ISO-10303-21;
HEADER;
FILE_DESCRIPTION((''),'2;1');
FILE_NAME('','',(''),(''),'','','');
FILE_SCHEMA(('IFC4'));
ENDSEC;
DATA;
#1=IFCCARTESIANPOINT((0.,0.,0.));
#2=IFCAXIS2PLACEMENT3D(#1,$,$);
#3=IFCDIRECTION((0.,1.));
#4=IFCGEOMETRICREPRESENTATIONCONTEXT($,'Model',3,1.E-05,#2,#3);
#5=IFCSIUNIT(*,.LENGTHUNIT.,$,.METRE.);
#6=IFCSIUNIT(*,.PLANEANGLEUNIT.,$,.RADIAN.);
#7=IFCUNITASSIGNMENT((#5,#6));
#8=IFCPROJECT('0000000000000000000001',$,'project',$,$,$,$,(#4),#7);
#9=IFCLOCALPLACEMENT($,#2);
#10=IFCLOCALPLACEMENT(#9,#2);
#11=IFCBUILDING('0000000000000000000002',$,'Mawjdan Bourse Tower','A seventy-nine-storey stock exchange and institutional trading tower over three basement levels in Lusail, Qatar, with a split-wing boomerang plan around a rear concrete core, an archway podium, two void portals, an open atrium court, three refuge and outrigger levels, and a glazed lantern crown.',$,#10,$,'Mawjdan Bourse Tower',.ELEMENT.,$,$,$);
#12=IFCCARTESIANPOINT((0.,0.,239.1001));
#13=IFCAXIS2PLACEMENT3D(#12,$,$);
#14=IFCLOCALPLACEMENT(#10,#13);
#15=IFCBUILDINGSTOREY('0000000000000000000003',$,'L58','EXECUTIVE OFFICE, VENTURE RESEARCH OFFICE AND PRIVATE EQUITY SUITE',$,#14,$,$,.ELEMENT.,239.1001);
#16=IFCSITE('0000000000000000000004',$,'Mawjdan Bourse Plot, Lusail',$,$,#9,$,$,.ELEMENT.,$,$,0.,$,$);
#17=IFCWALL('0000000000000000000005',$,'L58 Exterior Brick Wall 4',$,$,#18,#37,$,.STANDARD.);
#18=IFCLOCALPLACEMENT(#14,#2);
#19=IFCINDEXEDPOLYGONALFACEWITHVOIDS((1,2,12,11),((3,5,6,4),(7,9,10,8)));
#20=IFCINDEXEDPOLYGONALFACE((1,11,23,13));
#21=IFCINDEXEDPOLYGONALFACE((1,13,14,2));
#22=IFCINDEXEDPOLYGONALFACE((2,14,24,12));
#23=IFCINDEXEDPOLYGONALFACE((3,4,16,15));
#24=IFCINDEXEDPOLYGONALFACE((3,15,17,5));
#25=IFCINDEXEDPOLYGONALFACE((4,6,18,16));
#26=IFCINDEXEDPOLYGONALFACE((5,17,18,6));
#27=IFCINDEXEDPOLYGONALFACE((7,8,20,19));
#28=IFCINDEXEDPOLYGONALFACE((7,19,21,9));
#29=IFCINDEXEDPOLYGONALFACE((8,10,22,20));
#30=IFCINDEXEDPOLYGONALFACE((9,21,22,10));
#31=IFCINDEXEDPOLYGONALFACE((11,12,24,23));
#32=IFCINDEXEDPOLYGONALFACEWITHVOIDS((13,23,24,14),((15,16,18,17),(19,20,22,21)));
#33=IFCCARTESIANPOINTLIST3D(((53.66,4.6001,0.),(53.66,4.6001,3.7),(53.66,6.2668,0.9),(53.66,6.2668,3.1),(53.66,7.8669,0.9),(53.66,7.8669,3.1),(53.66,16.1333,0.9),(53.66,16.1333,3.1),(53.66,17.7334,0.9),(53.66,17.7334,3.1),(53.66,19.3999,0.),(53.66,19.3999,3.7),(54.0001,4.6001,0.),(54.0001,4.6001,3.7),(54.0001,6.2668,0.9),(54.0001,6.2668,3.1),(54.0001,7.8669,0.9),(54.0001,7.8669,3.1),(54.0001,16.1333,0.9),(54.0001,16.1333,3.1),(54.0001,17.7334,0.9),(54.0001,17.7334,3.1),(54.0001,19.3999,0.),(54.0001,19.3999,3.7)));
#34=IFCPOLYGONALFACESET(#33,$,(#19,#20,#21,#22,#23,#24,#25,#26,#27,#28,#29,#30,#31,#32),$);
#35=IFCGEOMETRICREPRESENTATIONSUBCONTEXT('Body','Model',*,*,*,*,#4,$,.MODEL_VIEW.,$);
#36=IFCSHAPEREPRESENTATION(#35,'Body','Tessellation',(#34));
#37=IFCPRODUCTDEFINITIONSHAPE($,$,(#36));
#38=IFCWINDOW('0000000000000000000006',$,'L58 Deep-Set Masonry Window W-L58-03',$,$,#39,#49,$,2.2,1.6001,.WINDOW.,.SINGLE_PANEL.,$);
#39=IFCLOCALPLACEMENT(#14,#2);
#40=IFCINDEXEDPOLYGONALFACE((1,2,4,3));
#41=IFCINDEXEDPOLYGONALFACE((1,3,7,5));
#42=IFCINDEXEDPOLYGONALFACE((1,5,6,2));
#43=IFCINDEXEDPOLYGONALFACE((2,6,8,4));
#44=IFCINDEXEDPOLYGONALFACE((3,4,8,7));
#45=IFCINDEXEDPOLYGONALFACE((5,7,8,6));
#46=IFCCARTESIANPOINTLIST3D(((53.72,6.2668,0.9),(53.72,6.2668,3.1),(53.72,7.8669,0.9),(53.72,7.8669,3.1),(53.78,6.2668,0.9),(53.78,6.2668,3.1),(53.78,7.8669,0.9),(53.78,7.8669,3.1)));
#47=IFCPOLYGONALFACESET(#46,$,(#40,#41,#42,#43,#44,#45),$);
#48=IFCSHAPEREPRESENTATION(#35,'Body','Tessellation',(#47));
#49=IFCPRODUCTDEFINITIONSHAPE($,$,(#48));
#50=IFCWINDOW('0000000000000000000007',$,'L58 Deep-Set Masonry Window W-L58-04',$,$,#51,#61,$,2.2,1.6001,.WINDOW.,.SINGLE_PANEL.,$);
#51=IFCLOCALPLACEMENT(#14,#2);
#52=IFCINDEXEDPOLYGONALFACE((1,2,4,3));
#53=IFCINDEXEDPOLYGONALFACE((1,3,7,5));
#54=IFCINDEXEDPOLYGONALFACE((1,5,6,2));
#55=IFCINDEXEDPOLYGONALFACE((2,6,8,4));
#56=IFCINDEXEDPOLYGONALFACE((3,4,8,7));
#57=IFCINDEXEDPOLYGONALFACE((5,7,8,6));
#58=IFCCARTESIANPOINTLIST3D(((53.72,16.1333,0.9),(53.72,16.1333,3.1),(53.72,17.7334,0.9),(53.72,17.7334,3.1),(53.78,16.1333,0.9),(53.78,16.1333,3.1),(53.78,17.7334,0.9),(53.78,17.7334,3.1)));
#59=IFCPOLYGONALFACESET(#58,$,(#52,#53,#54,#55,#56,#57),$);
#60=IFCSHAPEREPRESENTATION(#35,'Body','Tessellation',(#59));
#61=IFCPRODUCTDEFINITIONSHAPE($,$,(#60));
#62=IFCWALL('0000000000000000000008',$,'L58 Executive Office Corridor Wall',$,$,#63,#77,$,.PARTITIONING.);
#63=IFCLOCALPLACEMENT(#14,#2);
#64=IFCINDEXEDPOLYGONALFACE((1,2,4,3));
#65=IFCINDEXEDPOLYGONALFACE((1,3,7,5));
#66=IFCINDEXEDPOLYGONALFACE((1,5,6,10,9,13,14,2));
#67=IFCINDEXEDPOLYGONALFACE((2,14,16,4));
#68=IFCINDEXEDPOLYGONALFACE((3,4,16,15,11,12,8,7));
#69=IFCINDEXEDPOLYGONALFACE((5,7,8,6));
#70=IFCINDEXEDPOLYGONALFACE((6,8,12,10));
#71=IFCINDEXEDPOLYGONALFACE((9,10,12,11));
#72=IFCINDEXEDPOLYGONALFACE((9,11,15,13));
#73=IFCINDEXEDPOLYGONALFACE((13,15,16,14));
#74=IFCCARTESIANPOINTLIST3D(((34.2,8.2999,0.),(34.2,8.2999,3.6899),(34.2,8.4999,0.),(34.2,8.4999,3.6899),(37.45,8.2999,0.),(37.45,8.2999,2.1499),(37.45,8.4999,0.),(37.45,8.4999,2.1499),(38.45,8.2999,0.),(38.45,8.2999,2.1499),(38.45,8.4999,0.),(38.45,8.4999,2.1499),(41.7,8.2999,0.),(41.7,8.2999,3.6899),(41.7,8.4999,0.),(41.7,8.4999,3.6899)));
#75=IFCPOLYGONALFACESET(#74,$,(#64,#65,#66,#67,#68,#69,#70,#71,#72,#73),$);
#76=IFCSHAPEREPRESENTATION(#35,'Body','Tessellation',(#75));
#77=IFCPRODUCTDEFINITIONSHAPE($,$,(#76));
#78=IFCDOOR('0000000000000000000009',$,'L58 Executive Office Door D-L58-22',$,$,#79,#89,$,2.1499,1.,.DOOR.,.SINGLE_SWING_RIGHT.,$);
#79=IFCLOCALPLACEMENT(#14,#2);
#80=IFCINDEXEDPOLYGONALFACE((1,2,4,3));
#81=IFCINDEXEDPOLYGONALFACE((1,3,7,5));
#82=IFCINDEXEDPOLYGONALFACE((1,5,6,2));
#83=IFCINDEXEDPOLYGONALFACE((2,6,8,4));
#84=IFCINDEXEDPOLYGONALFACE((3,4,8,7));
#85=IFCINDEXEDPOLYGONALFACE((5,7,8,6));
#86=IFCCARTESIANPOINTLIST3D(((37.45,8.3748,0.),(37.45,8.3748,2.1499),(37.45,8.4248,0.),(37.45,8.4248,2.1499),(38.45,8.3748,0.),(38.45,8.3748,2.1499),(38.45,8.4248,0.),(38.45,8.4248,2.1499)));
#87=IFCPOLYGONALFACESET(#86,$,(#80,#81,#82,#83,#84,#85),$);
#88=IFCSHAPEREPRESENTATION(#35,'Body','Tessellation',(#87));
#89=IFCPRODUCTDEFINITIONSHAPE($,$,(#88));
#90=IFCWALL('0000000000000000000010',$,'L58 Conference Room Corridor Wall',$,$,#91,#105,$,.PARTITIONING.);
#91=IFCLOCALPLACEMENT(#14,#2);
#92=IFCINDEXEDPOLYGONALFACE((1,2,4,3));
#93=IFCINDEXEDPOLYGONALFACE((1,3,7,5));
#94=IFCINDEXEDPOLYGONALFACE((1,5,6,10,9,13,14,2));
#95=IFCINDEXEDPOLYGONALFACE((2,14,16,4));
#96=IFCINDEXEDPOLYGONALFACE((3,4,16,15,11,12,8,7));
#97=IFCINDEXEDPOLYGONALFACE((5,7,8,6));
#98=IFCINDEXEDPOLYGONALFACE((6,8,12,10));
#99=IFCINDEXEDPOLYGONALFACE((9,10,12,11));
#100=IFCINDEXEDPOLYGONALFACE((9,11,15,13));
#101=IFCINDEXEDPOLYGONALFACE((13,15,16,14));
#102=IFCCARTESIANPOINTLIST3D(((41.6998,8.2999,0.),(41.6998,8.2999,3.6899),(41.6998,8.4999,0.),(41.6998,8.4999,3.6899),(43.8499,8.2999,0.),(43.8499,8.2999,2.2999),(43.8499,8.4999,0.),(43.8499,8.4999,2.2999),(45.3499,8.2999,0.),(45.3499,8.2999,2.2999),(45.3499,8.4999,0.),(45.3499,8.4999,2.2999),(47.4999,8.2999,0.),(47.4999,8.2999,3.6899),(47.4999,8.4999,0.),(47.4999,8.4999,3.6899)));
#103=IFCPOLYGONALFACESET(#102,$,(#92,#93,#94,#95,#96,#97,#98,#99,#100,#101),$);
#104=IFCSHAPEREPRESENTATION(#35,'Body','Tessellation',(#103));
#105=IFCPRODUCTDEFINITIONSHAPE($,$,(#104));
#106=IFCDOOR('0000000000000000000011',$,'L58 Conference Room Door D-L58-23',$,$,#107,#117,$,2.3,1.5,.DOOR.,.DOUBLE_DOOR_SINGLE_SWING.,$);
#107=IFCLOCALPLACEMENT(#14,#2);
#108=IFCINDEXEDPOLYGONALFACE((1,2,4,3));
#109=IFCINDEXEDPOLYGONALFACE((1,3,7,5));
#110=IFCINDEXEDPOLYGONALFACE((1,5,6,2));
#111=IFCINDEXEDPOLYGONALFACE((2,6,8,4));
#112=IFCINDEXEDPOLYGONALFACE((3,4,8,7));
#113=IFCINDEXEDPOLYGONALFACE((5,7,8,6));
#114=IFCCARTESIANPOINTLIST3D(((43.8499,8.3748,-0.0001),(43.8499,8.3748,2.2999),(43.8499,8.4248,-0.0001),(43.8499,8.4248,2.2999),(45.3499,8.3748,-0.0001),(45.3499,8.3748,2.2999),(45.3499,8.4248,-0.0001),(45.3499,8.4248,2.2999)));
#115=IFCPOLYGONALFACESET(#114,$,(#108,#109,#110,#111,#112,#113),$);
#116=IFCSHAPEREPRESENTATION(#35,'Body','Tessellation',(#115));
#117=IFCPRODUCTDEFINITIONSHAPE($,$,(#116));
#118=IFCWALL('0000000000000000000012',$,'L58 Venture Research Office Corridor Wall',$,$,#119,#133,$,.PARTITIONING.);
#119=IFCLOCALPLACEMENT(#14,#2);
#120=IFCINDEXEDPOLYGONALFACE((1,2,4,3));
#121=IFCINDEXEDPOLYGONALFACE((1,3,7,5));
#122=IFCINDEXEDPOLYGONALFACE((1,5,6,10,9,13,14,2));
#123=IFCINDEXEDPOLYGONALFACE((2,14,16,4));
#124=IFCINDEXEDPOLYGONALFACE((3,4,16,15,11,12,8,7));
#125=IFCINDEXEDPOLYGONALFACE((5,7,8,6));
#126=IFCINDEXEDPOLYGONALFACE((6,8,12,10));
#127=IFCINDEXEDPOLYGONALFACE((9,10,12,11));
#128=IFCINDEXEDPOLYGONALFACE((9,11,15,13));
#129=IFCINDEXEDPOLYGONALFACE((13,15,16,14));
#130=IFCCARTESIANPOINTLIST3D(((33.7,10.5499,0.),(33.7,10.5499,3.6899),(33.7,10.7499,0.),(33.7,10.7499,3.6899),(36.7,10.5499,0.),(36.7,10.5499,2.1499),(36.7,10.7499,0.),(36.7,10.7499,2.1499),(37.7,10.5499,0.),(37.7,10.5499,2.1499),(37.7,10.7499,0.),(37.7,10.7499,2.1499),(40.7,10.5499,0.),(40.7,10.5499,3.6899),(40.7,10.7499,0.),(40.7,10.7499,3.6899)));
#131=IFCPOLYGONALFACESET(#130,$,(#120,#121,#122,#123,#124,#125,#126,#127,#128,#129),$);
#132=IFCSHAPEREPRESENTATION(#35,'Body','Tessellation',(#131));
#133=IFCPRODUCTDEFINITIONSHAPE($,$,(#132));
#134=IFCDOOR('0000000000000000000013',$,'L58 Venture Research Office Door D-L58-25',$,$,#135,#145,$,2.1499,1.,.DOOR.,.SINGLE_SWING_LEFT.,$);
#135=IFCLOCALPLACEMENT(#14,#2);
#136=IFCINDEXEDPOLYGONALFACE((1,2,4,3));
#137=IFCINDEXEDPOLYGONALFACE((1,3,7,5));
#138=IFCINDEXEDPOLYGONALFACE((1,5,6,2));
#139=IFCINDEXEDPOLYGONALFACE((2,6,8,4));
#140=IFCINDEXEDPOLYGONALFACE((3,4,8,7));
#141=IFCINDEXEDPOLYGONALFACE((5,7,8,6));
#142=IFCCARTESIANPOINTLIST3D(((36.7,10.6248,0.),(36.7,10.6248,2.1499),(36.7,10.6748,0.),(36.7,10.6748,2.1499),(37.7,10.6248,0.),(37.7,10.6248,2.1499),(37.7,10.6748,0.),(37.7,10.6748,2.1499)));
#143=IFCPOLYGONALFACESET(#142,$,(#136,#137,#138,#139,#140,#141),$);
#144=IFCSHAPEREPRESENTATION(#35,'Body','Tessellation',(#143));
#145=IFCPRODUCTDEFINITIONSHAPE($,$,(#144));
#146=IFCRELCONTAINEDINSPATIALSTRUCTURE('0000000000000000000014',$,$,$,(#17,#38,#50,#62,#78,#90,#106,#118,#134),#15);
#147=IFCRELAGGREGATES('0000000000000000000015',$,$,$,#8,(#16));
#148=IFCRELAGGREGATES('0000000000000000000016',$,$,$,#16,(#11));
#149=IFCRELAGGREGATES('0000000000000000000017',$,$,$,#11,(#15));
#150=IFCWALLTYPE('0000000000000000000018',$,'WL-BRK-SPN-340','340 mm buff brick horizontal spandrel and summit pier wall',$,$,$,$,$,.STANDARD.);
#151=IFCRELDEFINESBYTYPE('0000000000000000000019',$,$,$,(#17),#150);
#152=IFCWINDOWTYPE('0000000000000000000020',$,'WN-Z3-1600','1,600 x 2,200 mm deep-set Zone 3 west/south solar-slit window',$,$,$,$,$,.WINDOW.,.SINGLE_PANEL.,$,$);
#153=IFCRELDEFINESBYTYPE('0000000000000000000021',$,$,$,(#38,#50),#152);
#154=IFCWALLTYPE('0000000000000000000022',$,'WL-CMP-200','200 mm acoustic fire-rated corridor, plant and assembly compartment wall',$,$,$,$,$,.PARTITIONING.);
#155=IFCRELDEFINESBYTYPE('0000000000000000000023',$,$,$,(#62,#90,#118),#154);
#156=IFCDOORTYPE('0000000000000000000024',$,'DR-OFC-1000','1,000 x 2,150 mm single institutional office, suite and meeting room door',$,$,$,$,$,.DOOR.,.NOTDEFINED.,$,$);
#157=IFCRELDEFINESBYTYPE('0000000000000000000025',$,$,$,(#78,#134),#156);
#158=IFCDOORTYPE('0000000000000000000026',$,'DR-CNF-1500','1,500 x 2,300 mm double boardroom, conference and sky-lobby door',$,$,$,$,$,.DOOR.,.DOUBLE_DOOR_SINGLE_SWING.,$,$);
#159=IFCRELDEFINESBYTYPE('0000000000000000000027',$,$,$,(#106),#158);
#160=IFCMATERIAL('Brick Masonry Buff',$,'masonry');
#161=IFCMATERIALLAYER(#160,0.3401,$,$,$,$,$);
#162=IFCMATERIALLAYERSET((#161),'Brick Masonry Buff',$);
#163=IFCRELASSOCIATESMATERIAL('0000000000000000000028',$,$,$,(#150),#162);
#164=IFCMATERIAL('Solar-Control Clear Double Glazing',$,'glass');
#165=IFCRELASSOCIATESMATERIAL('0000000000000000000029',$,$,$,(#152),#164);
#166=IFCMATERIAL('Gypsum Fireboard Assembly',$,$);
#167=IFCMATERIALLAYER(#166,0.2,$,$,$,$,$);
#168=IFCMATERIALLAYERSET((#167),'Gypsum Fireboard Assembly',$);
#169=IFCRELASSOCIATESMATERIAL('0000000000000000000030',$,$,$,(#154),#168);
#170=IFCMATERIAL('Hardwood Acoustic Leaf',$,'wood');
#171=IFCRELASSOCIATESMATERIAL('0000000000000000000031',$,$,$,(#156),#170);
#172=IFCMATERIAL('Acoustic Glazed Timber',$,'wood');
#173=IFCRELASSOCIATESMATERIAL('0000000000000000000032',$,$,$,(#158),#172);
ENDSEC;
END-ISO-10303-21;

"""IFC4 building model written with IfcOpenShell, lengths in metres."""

from ifc_helpers import new_model, si_unit, direction, frame, frame_2d, origin, place, context, subcontext, project, spatial, rectangle, extrude, material, layer, layer_set, type_object, element, fill, save


model = new_model("IFC4")

# Units and contexts
model_context = context("Model", 3, precision=1e-05, world=origin(), true_north=direction((0.0, 1.0)))
body_context = subcontext(model_context, "Body", "Model", "MODEL_VIEW")
ifc_project = project(units=[si_unit("LENGTHUNIT", "METRE"), si_unit("PLANEANGLEUNIT", "RADIAN")], contexts=[model_context])

# Site, building, storey
site_placement = place(None, origin())
site = spatial("IfcSite", under=ifc_project, at=site_placement, Name="Mawjdan Bourse Plot, Lusail", CompositionType="ELEMENT", RefElevation=0.0)
building_placement = place(site_placement, origin())
building = spatial("IfcBuilding", under=site, at=building_placement, Name="Mawjdan Bourse Tower", Description="A seventy-nine-storey stock exchange and institutional trading tower over three basement levels in Lusail, Qatar, with a split-wing boomerang plan around a rear concrete core, an archway podium, two void portals, an open atrium court, three refuge and outrigger levels, and a glazed lantern crown.", LongName="Mawjdan Bourse Tower", CompositionType="ELEMENT")
storey_placement = place(building_placement, frame((0.0, 0.0, 239.1001)))
storey = spatial("IfcBuildingStorey", under=building, at=storey_placement, Name="L58", Description="EXECUTIVE OFFICE, VENTURE RESEARCH OFFICE AND PRIVATE EQUITY SUITE", CompositionType="ELEMENT", Elevation=239.1001)

# Shared definitions
ifc_material_1 = material(Name="Brick Masonry Buff", Category="masonry")
ifc_layer_1 = layer(ifc_material_1, 0.3401)
ifc_layer_set_1 = layer_set([ifc_layer_1], Name="Brick Masonry Buff")
wall_type_1 = type_object("IfcWallType", Name="WL-BRK-SPN-340", Description="340 mm buff brick horizontal spandrel and summit pier wall", PredefinedType="STANDARD", material=ifc_layer_set_1)

# Wall, openings, windows
wall_1_placement = place(storey_placement, frame((53.8301, 4.6001, 0.0), z_axis=(0.0, 0.0, 1.0), x_axis=(0.0, 1.0, 0.0)))
wall_1 = element("IfcWall", 1, at=wall_1_placement, inside=storey, type_object=wall_type_1, Name="L58 Exterior Brick Wall 4", PredefinedType="STANDARD", context=body_context, shape_type="SweptSolid", body=[
    extrude(rectangle(XDim=14.7998, YDim=0.3401, at=frame_2d((7.3999, 0.0))), origin(), (0.0, 0.0, 1.0), 3.7),
])
opening_1_placement = place(wall_1_placement, frame((1.6667, 0.0, 0.8999)))
opening_1 = element("IfcOpeningElement", 2, at=opening_1_placement, cuts=wall_1, PredefinedType="OPENING", context=body_context, shape_type="SweptSolid", body=[
    extrude(rectangle(XDim=1.6001, YDim=2.2, at=frame_2d((0.8, 1.1001))), frame((0.0, 0.1802, 0.0), z_axis=(0.0, -1.0, 0.0), x_axis=(1.0, 0.0, 0.0)), (0.0, 0.0, 1.0), 0.3601),
])
opening_2_placement = place(wall_1_placement, frame((11.5332, 0.0, 0.8999)))
opening_2 = element("IfcOpeningElement", 3, at=opening_2_placement, cuts=wall_1, PredefinedType="OPENING", context=body_context, shape_type="SweptSolid", body=[
    extrude(rectangle(XDim=1.6001, YDim=2.2, at=frame_2d((0.8, 1.1001))), frame((0.0, 0.1802, 0.0), z_axis=(0.0, -1.0, 0.0), x_axis=(1.0, 0.0, 0.0)), (0.0, 0.0, 1.0), 0.3601),
])
ifc_material_2 = material(Name="Solar-Control Clear Double Glazing", Category="glass")
window_type = type_object("IfcWindowType", Name="WN-Z3-1600", Description="1,600 x 2,200 mm deep-set Zone 3 west/south solar-slit window", PartitioningType="SINGLE_PANEL", PredefinedType="WINDOW", material=ifc_material_2)
window_1_placement = place(opening_1_placement, origin())
window_1 = element("IfcWindow", 4, at=window_1_placement, inside=storey, type_object=window_type, Name="L58 Deep-Set Masonry Window W-L58-03", OverallHeight=2.2, OverallWidth=1.6001, PartitioningType="SINGLE_PANEL", PredefinedType="WINDOW", context=body_context, shape_type="SweptSolid", body=[
    extrude(rectangle(XDim=1.6001, YDim=2.2, at=frame_2d((0.8, 1.1001))), frame((0.0, 0.1101, 0.0), z_axis=(0.0, -1.0, 0.0), x_axis=(1.0, 0.0, 0.0)), (0.0, 0.0, 1.0), 0.0601),
])
fill(opening_1, window_1)
window_2_placement = place(opening_2_placement, origin())
window_2 = element("IfcWindow", 5, at=window_2_placement, inside=storey, type_object=window_type, Name="L58 Deep-Set Masonry Window W-L58-04", OverallHeight=2.2, OverallWidth=1.6001, PartitioningType="SINGLE_PANEL", PredefinedType="WINDOW", context=body_context, shape_type="SweptSolid", body=[
    extrude(rectangle(XDim=1.6001, YDim=2.2, at=frame_2d((0.8, 1.1001))), frame((0.0, 0.1101, 0.0), z_axis=(0.0, -1.0, 0.0), x_axis=(1.0, 0.0, 0.0)), (0.0, 0.0, 1.0), 0.0601),
])
fill(opening_2, window_2)

# Walls, openings, doors
ifc_material_3 = material(Name="Gypsum Fireboard Assembly")
ifc_layer_2 = layer(ifc_material_3, 0.2)
ifc_layer_set_2 = layer_set([ifc_layer_2], Name="Gypsum Fireboard Assembly")
wall_type_2 = type_object("IfcWallType", Name="WL-CMP-200", Description="200 mm acoustic fire-rated corridor, plant and assembly compartment wall", PredefinedType="PARTITIONING", material=ifc_layer_set_2)
wall_2_placement = place(storey_placement, frame((34.2, 8.3999, 0.0), z_axis=(0.0, 0.0, 1.0), x_axis=(1.0, 0.0, 0.0)))
wall_2 = element("IfcWall", 6, at=wall_2_placement, inside=storey, type_object=wall_type_2, Name="L58 Executive Office Corridor Wall", PredefinedType="PARTITIONING", context=body_context, shape_type="SweptSolid", body=[
    extrude(rectangle(XDim=7.5, YDim=0.2, at=frame_2d((3.75, 0.0))), origin(), (0.0, 0.0, 1.0), 3.6899),
])
opening_3_placement = place(wall_2_placement, frame((3.25, 0.0, 0.0)))
opening_3 = element("IfcOpeningElement", 7, at=opening_3_placement, cuts=wall_2, PredefinedType="OPENING", context=body_context, shape_type="SweptSolid", body=[
    extrude(rectangle(XDim=1.0, YDim=2.1499, at=frame_2d((0.5, 1.075))), frame((0.0, 0.1099, 0.0), z_axis=(0.0, -1.0, 0.0), x_axis=(1.0, 0.0, 0.0)), (0.0, 0.0, 1.0), 0.22),
])
ifc_material_4 = material(Name="Hardwood Acoustic Leaf", Category="wood")
door_type_1 = type_object("IfcDoorType", Name="DR-OFC-1000", Description="1,000 x 2,150 mm single institutional office, suite and meeting room door", OperationType="NOTDEFINED", PredefinedType="DOOR", material=ifc_material_4)
door_1_placement = place(opening_3_placement, origin())
door_1 = element("IfcDoor", 8, at=door_1_placement, inside=storey, type_object=door_type_1, Name="L58 Executive Office Door D-L58-22", OperationType="SINGLE_SWING_RIGHT", OverallHeight=2.1499, OverallWidth=1.0, PredefinedType="DOOR", context=body_context, shape_type="SweptSolid", body=[
    extrude(rectangle(XDim=1.0, YDim=2.1499, at=frame_2d((0.5, 1.075))), frame((0.0, 0.0249, 0.0), z_axis=(0.0, -1.0, 0.0), x_axis=(1.0, 0.0, 0.0)), (0.0, 0.0, 1.0), 0.05),
])
fill(opening_3, door_1)
wall_3_placement = place(storey_placement, frame((41.7, 8.3999, 0.0), z_axis=(0.0, 0.0, 1.0), x_axis=(1.0, 0.0, 0.0)))
wall_3 = element("IfcWall", 9, at=wall_3_placement, inside=storey, type_object=wall_type_2, Name="L58 Conference Room Corridor Wall", PredefinedType="PARTITIONING", context=body_context, shape_type="SweptSolid", body=[
    extrude(rectangle(XDim=5.8, YDim=0.2, at=frame_2d((2.8999, 0.0))), origin(), (0.0, 0.0, 1.0), 3.6899),
])
opening_4_placement = place(wall_3_placement, frame((2.1499, 0.0, 0.0)))
opening_4 = element("IfcOpeningElement", 10, at=opening_4_placement, cuts=wall_3, PredefinedType="OPENING", context=body_context, shape_type="SweptSolid", body=[
    extrude(rectangle(XDim=1.5, YDim=2.3, at=frame_2d((0.75, 1.1499))), frame((0.0, 0.1099, 0.0), z_axis=(0.0, -1.0, 0.0), x_axis=(1.0, 0.0, 0.0)), (0.0, 0.0, 1.0), 0.22),
])
ifc_material_5 = material(Name="Acoustic Glazed Timber", Category="wood")
door_type_2 = type_object("IfcDoorType", Name="DR-CNF-1500", Description="1,500 x 2,300 mm double boardroom, conference and sky-lobby door", OperationType="DOUBLE_DOOR_SINGLE_SWING", PredefinedType="DOOR", material=ifc_material_5)
door_2_placement = place(opening_4_placement, origin())
door_2 = element("IfcDoor", 11, at=door_2_placement, inside=storey, type_object=door_type_2, Name="L58 Conference Room Door D-L58-23", OperationType="DOUBLE_DOOR_SINGLE_SWING", OverallHeight=2.3, OverallWidth=1.5, PredefinedType="DOOR", context=body_context, shape_type="SweptSolid", body=[
    extrude(rectangle(XDim=1.5, YDim=2.3, at=frame_2d((0.75, 1.1499))), frame((0.0, 0.0249, 0.0), z_axis=(0.0, -1.0, 0.0), x_axis=(1.0, 0.0, 0.0)), (0.0, 0.0, 1.0), 0.05),
])
fill(opening_4, door_2)
wall_4_placement = place(storey_placement, frame((33.7, 10.6499, 0.0), z_axis=(0.0, 0.0, 1.0), x_axis=(1.0, 0.0, 0.0)))
wall_4 = element("IfcWall", 12, at=wall_4_placement, inside=storey, type_object=wall_type_2, Name="L58 Venture Research Office Corridor Wall", PredefinedType="PARTITIONING", context=body_context, shape_type="SweptSolid", body=[
    extrude(rectangle(XDim=7.0, YDim=0.2, at=frame_2d((3.5, 0.0))), origin(), (0.0, 0.0, 1.0), 3.6899),
])
opening_5_placement = place(wall_4_placement, frame((3.0, 0.0, 0.0)))
opening_5 = element("IfcOpeningElement", 13, at=opening_5_placement, cuts=wall_4, PredefinedType="OPENING", context=body_context, shape_type="SweptSolid", body=[
    extrude(rectangle(XDim=1.0, YDim=2.1499, at=frame_2d((0.5, 1.075))), frame((0.0, 0.1099, 0.0), z_axis=(0.0, -1.0, 0.0), x_axis=(1.0, 0.0, 0.0)), (0.0, 0.0, 1.0), 0.22),
])
door_3_placement = place(opening_5_placement, origin())
door_3 = element("IfcDoor", 14, at=door_3_placement, inside=storey, type_object=door_type_1, Name="L58 Venture Research Office Door D-L58-25", OperationType="SINGLE_SWING_LEFT", OverallHeight=2.1499, OverallWidth=1.0, PredefinedType="DOOR", context=body_context, shape_type="SweptSolid", body=[
    extrude(rectangle(XDim=1.0, YDim=2.1499, at=frame_2d((0.5, 1.075))), frame((0.0, 0.0249, 0.0), z_axis=(0.0, -1.0, 0.0), x_axis=(1.0, 0.0, 0.0)), (0.0, 0.0, 1.0), 0.05),
])
fill(opening_5, door_3)

save(model, "model.ifc")
